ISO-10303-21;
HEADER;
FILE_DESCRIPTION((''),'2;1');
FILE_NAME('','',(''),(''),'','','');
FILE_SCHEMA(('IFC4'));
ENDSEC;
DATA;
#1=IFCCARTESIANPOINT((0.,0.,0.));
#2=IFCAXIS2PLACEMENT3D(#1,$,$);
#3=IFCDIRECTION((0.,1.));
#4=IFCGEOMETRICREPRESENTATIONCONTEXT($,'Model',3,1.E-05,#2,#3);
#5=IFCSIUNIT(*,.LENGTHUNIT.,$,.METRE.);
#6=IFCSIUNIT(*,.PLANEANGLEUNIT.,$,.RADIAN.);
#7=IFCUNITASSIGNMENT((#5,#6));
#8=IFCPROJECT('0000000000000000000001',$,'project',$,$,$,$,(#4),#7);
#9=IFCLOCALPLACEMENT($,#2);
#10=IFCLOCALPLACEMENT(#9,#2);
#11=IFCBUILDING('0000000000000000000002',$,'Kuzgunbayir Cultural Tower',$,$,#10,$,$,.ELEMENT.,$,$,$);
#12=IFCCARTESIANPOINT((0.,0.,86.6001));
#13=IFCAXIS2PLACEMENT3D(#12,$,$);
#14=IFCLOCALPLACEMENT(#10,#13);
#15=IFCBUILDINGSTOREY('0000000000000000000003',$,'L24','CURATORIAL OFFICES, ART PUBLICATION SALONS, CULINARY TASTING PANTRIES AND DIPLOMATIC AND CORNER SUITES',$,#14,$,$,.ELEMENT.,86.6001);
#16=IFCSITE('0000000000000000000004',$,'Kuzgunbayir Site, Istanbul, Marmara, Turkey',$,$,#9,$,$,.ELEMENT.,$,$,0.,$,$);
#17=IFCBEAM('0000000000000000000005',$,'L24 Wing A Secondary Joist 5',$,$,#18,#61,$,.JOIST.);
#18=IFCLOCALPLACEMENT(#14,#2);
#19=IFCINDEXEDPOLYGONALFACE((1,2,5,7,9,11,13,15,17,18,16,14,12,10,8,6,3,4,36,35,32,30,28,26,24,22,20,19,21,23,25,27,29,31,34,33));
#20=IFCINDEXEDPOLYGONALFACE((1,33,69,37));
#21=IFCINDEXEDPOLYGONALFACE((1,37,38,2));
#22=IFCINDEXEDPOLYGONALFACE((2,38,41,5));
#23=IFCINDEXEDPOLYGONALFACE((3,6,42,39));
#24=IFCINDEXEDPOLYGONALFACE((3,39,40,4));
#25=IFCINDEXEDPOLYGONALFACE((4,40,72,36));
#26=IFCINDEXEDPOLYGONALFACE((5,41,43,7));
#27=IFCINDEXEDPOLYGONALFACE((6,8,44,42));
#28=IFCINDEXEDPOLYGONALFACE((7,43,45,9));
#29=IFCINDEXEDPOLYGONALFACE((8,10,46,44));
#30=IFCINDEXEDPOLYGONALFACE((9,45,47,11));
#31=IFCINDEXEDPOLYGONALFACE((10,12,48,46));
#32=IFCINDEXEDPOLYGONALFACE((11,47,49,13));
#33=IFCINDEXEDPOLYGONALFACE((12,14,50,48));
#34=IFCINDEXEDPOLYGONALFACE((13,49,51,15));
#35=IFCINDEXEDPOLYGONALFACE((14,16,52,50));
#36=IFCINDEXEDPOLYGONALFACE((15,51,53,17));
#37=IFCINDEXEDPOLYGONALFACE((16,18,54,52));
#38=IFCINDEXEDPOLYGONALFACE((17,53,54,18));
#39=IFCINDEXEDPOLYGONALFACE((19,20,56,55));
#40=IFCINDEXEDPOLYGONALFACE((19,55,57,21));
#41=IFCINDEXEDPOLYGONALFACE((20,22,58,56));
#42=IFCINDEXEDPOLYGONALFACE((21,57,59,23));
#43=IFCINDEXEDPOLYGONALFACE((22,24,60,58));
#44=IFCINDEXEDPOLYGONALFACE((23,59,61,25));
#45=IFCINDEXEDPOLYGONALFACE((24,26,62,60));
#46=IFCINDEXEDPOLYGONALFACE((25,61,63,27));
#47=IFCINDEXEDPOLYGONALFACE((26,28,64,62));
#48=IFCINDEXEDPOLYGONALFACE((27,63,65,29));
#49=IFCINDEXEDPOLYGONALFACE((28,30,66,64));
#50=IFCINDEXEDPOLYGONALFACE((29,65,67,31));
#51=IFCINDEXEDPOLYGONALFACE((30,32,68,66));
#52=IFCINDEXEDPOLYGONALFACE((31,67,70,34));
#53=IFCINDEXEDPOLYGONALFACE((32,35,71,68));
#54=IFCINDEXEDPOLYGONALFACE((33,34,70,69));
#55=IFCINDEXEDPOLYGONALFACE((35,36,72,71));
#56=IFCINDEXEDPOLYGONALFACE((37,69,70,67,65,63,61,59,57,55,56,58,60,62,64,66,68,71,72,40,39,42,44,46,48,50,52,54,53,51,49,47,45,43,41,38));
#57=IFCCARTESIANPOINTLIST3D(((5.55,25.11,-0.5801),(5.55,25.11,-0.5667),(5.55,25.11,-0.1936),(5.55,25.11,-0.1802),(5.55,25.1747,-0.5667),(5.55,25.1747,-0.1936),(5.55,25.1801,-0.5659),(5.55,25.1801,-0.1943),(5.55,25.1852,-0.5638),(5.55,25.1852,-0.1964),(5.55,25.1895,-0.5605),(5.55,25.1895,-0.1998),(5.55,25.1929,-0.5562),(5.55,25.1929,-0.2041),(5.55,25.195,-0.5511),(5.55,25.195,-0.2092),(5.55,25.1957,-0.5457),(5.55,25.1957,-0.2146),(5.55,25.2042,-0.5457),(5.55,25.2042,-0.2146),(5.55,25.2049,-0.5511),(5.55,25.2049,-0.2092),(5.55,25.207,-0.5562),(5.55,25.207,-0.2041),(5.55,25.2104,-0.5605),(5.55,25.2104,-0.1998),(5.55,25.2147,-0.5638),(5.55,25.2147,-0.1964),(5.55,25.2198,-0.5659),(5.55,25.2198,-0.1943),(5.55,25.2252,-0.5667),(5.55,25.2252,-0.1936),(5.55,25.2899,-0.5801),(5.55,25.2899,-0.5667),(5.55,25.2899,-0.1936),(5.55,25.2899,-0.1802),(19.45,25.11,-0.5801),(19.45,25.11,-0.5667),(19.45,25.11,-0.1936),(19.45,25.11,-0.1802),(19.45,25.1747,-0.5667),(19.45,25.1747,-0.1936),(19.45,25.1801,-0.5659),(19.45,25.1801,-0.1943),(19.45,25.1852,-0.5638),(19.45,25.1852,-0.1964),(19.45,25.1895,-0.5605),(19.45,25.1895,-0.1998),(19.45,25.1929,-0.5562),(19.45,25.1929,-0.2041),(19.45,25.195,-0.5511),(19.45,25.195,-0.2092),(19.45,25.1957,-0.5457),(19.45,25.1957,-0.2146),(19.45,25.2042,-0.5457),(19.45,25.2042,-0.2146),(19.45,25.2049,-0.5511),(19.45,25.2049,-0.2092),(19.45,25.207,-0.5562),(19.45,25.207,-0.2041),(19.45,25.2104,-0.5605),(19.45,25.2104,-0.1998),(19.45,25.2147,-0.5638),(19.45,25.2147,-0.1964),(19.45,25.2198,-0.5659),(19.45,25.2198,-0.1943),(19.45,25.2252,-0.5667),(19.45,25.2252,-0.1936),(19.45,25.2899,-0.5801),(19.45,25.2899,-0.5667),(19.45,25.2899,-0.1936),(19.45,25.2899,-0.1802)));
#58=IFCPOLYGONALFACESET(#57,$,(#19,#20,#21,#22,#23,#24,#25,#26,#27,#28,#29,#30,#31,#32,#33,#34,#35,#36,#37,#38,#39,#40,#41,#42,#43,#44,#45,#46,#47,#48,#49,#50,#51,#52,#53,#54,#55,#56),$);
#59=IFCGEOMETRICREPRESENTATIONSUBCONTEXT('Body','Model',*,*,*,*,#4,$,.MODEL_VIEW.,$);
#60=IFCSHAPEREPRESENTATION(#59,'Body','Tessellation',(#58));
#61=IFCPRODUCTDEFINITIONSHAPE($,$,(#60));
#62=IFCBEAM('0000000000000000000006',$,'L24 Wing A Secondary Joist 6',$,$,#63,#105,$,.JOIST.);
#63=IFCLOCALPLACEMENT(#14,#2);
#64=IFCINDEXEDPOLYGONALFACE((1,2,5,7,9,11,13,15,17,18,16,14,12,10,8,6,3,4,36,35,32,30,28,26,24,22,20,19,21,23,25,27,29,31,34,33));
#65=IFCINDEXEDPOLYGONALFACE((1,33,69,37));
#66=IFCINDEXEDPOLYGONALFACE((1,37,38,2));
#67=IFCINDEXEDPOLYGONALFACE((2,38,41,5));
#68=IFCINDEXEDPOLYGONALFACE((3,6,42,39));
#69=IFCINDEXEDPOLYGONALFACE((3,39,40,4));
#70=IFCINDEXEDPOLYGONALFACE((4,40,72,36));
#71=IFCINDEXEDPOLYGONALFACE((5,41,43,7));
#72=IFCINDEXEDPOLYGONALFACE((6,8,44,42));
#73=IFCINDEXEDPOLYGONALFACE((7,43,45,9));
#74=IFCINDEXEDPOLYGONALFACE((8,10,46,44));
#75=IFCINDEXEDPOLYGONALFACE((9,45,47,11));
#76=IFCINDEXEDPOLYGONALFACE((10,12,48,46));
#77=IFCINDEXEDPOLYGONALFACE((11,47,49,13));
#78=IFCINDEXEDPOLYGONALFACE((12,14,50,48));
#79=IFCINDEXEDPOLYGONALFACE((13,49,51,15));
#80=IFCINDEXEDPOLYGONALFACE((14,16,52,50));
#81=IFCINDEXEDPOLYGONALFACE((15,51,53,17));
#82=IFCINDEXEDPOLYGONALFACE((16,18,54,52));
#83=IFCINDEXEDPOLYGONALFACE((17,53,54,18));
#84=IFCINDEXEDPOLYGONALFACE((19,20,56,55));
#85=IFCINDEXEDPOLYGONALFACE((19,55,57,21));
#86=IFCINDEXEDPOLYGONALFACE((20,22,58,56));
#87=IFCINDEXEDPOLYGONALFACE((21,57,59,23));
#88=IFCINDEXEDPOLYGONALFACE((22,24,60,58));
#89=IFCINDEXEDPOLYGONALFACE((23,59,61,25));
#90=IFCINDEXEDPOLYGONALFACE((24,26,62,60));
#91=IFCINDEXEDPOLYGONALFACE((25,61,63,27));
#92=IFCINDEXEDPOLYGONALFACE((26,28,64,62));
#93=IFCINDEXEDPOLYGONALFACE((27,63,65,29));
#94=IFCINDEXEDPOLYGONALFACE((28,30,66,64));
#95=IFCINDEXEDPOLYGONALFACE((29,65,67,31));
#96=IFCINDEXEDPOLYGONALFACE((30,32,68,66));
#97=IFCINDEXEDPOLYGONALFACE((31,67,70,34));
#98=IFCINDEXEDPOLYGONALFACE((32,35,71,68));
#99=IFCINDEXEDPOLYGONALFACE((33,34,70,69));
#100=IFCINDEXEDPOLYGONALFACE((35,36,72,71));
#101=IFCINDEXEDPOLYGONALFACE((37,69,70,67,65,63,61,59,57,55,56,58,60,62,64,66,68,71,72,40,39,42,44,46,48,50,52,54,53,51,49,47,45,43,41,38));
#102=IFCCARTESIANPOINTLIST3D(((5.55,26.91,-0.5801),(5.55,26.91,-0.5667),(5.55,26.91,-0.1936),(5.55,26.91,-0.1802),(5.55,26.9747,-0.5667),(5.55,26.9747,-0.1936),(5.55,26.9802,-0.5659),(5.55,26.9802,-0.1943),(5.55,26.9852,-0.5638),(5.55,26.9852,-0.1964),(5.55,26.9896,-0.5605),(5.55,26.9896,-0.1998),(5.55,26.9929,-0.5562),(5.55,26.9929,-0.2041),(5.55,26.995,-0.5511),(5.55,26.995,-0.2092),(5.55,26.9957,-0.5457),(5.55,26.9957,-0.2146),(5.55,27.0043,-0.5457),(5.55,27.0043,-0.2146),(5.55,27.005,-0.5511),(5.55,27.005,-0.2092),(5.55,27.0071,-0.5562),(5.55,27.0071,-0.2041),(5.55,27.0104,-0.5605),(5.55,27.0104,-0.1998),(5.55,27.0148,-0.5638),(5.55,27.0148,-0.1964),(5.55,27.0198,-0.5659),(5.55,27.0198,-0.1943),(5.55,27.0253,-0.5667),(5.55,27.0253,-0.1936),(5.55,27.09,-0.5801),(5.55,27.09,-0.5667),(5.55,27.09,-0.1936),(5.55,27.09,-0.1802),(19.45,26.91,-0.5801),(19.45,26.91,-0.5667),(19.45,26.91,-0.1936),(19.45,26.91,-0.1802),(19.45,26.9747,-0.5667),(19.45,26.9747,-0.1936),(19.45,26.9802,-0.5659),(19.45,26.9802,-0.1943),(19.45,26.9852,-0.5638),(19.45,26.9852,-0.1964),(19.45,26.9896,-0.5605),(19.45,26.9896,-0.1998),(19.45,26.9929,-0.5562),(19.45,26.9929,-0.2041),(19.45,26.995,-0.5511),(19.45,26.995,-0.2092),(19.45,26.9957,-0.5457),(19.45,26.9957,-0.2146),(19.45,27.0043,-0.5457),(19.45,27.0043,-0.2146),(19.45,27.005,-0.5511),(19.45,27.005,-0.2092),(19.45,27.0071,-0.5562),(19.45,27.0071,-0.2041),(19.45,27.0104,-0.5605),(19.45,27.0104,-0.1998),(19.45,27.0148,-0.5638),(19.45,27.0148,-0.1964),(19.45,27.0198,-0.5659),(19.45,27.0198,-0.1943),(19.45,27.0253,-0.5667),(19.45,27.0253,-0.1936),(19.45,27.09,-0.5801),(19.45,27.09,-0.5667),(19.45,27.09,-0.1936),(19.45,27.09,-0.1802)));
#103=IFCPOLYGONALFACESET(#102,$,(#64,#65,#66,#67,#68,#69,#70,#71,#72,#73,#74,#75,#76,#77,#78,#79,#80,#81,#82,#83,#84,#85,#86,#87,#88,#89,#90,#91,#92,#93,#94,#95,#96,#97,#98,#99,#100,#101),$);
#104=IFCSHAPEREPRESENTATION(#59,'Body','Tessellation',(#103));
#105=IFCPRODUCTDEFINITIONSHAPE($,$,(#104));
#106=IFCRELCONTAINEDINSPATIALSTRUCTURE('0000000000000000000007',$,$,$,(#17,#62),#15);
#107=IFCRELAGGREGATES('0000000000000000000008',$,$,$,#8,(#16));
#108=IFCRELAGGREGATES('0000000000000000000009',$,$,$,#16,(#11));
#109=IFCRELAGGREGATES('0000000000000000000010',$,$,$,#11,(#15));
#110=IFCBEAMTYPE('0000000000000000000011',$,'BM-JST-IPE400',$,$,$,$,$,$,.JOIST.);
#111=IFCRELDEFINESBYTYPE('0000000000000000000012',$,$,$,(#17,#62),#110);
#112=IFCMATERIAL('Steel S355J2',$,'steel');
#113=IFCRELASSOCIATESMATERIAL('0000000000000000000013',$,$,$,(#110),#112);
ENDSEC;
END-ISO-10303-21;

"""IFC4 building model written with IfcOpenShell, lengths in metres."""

from ifc_helpers import new_model, si_unit, direction, frame, origin, origin_2d, place, context, subcontext, project, spatial, i_section, extrude, material, material_profile, profile_set, type_object, element, save


model = new_model("IFC4")

# Units and contexts
model_context = context("Model", 3, precision=1e-05, world=origin(), true_north=direction((0.0, 1.0)))
body_context = subcontext(model_context, "Body", "Model", "MODEL_VIEW")
ifc_project = project(units=[si_unit("LENGTHUNIT", "METRE"), si_unit("PLANEANGLEUNIT", "RADIAN")], contexts=[model_context])

# Site, building, storey
site_placement = place(None, origin())
site = spatial("IfcSite", under=ifc_project, at=site_placement, Name="Kuzgunbayir Site, Istanbul, Marmara, Turkey", CompositionType="ELEMENT", RefElevation=0.0)
building_placement = place(site_placement, origin())
building = spatial("IfcBuilding", under=site, at=building_placement, Name="Kuzgunbayir Cultural Tower", CompositionType="ELEMENT")
storey_placement = place(building_placement, frame((0.0, 0.0, 86.6001)))
storey = spatial("IfcBuildingStorey", under=building, at=storey_placement, Name="L24", Description="CURATORIAL OFFICES, ART PUBLICATION SALONS, CULINARY TASTING PANTRIES AND DIPLOMATIC AND CORNER SUITES", CompositionType="ELEMENT", Elevation=86.6001)

# Beams
ifc_material_1 = material(Name="Steel S355J2", Category="steel")
ifc_material_profile_1 = material_profile(ifc_material_1, i_section(OverallWidth=0.1799, OverallDepth=0.3999, WebThickness=0.0085, FlangeThickness=0.0134, FilletRadius=0.021, at=origin_2d()), Name="IPE 400")
ifc_profile_set_1 = profile_set([ifc_material_profile_1], Name="Steel S355J2")
beam_type_1 = type_object("IfcBeamType", Name="BM-JST-IPE400", PredefinedType="JOIST", material=ifc_profile_set_1)
for number, where, z_axis, x_axis, name in (
    (1, (5.55, 25.2, -0.3801), (1.0, 0.0, 0.0), (0.0, 1.0, 0.0), "L24 Wing A Secondary Joist 5"),
    (2, (5.55, 27.0, -0.3801), (1.0, 0.0, 0.0), (0.0, 1.0, 0.0), "L24 Wing A Secondary Joist 6"),
):
    element("IfcBeam", number, at=place(storey_placement, frame(where, z_axis=z_axis, x_axis=x_axis)), inside=storey, type_object=beam_type_1, Name=name, PredefinedType="JOIST", context=body_context, shape_type="SweptSolid", body=[
        extrude(i_section(OverallWidth=0.1799, OverallDepth=0.3999, WebThickness=0.0085, FlangeThickness=0.0134, FilletRadius=0.021, at=origin_2d()), origin(), (0.0, 0.0, 1.0), 13.8999),
    ])

save(model, "model.ifc")
